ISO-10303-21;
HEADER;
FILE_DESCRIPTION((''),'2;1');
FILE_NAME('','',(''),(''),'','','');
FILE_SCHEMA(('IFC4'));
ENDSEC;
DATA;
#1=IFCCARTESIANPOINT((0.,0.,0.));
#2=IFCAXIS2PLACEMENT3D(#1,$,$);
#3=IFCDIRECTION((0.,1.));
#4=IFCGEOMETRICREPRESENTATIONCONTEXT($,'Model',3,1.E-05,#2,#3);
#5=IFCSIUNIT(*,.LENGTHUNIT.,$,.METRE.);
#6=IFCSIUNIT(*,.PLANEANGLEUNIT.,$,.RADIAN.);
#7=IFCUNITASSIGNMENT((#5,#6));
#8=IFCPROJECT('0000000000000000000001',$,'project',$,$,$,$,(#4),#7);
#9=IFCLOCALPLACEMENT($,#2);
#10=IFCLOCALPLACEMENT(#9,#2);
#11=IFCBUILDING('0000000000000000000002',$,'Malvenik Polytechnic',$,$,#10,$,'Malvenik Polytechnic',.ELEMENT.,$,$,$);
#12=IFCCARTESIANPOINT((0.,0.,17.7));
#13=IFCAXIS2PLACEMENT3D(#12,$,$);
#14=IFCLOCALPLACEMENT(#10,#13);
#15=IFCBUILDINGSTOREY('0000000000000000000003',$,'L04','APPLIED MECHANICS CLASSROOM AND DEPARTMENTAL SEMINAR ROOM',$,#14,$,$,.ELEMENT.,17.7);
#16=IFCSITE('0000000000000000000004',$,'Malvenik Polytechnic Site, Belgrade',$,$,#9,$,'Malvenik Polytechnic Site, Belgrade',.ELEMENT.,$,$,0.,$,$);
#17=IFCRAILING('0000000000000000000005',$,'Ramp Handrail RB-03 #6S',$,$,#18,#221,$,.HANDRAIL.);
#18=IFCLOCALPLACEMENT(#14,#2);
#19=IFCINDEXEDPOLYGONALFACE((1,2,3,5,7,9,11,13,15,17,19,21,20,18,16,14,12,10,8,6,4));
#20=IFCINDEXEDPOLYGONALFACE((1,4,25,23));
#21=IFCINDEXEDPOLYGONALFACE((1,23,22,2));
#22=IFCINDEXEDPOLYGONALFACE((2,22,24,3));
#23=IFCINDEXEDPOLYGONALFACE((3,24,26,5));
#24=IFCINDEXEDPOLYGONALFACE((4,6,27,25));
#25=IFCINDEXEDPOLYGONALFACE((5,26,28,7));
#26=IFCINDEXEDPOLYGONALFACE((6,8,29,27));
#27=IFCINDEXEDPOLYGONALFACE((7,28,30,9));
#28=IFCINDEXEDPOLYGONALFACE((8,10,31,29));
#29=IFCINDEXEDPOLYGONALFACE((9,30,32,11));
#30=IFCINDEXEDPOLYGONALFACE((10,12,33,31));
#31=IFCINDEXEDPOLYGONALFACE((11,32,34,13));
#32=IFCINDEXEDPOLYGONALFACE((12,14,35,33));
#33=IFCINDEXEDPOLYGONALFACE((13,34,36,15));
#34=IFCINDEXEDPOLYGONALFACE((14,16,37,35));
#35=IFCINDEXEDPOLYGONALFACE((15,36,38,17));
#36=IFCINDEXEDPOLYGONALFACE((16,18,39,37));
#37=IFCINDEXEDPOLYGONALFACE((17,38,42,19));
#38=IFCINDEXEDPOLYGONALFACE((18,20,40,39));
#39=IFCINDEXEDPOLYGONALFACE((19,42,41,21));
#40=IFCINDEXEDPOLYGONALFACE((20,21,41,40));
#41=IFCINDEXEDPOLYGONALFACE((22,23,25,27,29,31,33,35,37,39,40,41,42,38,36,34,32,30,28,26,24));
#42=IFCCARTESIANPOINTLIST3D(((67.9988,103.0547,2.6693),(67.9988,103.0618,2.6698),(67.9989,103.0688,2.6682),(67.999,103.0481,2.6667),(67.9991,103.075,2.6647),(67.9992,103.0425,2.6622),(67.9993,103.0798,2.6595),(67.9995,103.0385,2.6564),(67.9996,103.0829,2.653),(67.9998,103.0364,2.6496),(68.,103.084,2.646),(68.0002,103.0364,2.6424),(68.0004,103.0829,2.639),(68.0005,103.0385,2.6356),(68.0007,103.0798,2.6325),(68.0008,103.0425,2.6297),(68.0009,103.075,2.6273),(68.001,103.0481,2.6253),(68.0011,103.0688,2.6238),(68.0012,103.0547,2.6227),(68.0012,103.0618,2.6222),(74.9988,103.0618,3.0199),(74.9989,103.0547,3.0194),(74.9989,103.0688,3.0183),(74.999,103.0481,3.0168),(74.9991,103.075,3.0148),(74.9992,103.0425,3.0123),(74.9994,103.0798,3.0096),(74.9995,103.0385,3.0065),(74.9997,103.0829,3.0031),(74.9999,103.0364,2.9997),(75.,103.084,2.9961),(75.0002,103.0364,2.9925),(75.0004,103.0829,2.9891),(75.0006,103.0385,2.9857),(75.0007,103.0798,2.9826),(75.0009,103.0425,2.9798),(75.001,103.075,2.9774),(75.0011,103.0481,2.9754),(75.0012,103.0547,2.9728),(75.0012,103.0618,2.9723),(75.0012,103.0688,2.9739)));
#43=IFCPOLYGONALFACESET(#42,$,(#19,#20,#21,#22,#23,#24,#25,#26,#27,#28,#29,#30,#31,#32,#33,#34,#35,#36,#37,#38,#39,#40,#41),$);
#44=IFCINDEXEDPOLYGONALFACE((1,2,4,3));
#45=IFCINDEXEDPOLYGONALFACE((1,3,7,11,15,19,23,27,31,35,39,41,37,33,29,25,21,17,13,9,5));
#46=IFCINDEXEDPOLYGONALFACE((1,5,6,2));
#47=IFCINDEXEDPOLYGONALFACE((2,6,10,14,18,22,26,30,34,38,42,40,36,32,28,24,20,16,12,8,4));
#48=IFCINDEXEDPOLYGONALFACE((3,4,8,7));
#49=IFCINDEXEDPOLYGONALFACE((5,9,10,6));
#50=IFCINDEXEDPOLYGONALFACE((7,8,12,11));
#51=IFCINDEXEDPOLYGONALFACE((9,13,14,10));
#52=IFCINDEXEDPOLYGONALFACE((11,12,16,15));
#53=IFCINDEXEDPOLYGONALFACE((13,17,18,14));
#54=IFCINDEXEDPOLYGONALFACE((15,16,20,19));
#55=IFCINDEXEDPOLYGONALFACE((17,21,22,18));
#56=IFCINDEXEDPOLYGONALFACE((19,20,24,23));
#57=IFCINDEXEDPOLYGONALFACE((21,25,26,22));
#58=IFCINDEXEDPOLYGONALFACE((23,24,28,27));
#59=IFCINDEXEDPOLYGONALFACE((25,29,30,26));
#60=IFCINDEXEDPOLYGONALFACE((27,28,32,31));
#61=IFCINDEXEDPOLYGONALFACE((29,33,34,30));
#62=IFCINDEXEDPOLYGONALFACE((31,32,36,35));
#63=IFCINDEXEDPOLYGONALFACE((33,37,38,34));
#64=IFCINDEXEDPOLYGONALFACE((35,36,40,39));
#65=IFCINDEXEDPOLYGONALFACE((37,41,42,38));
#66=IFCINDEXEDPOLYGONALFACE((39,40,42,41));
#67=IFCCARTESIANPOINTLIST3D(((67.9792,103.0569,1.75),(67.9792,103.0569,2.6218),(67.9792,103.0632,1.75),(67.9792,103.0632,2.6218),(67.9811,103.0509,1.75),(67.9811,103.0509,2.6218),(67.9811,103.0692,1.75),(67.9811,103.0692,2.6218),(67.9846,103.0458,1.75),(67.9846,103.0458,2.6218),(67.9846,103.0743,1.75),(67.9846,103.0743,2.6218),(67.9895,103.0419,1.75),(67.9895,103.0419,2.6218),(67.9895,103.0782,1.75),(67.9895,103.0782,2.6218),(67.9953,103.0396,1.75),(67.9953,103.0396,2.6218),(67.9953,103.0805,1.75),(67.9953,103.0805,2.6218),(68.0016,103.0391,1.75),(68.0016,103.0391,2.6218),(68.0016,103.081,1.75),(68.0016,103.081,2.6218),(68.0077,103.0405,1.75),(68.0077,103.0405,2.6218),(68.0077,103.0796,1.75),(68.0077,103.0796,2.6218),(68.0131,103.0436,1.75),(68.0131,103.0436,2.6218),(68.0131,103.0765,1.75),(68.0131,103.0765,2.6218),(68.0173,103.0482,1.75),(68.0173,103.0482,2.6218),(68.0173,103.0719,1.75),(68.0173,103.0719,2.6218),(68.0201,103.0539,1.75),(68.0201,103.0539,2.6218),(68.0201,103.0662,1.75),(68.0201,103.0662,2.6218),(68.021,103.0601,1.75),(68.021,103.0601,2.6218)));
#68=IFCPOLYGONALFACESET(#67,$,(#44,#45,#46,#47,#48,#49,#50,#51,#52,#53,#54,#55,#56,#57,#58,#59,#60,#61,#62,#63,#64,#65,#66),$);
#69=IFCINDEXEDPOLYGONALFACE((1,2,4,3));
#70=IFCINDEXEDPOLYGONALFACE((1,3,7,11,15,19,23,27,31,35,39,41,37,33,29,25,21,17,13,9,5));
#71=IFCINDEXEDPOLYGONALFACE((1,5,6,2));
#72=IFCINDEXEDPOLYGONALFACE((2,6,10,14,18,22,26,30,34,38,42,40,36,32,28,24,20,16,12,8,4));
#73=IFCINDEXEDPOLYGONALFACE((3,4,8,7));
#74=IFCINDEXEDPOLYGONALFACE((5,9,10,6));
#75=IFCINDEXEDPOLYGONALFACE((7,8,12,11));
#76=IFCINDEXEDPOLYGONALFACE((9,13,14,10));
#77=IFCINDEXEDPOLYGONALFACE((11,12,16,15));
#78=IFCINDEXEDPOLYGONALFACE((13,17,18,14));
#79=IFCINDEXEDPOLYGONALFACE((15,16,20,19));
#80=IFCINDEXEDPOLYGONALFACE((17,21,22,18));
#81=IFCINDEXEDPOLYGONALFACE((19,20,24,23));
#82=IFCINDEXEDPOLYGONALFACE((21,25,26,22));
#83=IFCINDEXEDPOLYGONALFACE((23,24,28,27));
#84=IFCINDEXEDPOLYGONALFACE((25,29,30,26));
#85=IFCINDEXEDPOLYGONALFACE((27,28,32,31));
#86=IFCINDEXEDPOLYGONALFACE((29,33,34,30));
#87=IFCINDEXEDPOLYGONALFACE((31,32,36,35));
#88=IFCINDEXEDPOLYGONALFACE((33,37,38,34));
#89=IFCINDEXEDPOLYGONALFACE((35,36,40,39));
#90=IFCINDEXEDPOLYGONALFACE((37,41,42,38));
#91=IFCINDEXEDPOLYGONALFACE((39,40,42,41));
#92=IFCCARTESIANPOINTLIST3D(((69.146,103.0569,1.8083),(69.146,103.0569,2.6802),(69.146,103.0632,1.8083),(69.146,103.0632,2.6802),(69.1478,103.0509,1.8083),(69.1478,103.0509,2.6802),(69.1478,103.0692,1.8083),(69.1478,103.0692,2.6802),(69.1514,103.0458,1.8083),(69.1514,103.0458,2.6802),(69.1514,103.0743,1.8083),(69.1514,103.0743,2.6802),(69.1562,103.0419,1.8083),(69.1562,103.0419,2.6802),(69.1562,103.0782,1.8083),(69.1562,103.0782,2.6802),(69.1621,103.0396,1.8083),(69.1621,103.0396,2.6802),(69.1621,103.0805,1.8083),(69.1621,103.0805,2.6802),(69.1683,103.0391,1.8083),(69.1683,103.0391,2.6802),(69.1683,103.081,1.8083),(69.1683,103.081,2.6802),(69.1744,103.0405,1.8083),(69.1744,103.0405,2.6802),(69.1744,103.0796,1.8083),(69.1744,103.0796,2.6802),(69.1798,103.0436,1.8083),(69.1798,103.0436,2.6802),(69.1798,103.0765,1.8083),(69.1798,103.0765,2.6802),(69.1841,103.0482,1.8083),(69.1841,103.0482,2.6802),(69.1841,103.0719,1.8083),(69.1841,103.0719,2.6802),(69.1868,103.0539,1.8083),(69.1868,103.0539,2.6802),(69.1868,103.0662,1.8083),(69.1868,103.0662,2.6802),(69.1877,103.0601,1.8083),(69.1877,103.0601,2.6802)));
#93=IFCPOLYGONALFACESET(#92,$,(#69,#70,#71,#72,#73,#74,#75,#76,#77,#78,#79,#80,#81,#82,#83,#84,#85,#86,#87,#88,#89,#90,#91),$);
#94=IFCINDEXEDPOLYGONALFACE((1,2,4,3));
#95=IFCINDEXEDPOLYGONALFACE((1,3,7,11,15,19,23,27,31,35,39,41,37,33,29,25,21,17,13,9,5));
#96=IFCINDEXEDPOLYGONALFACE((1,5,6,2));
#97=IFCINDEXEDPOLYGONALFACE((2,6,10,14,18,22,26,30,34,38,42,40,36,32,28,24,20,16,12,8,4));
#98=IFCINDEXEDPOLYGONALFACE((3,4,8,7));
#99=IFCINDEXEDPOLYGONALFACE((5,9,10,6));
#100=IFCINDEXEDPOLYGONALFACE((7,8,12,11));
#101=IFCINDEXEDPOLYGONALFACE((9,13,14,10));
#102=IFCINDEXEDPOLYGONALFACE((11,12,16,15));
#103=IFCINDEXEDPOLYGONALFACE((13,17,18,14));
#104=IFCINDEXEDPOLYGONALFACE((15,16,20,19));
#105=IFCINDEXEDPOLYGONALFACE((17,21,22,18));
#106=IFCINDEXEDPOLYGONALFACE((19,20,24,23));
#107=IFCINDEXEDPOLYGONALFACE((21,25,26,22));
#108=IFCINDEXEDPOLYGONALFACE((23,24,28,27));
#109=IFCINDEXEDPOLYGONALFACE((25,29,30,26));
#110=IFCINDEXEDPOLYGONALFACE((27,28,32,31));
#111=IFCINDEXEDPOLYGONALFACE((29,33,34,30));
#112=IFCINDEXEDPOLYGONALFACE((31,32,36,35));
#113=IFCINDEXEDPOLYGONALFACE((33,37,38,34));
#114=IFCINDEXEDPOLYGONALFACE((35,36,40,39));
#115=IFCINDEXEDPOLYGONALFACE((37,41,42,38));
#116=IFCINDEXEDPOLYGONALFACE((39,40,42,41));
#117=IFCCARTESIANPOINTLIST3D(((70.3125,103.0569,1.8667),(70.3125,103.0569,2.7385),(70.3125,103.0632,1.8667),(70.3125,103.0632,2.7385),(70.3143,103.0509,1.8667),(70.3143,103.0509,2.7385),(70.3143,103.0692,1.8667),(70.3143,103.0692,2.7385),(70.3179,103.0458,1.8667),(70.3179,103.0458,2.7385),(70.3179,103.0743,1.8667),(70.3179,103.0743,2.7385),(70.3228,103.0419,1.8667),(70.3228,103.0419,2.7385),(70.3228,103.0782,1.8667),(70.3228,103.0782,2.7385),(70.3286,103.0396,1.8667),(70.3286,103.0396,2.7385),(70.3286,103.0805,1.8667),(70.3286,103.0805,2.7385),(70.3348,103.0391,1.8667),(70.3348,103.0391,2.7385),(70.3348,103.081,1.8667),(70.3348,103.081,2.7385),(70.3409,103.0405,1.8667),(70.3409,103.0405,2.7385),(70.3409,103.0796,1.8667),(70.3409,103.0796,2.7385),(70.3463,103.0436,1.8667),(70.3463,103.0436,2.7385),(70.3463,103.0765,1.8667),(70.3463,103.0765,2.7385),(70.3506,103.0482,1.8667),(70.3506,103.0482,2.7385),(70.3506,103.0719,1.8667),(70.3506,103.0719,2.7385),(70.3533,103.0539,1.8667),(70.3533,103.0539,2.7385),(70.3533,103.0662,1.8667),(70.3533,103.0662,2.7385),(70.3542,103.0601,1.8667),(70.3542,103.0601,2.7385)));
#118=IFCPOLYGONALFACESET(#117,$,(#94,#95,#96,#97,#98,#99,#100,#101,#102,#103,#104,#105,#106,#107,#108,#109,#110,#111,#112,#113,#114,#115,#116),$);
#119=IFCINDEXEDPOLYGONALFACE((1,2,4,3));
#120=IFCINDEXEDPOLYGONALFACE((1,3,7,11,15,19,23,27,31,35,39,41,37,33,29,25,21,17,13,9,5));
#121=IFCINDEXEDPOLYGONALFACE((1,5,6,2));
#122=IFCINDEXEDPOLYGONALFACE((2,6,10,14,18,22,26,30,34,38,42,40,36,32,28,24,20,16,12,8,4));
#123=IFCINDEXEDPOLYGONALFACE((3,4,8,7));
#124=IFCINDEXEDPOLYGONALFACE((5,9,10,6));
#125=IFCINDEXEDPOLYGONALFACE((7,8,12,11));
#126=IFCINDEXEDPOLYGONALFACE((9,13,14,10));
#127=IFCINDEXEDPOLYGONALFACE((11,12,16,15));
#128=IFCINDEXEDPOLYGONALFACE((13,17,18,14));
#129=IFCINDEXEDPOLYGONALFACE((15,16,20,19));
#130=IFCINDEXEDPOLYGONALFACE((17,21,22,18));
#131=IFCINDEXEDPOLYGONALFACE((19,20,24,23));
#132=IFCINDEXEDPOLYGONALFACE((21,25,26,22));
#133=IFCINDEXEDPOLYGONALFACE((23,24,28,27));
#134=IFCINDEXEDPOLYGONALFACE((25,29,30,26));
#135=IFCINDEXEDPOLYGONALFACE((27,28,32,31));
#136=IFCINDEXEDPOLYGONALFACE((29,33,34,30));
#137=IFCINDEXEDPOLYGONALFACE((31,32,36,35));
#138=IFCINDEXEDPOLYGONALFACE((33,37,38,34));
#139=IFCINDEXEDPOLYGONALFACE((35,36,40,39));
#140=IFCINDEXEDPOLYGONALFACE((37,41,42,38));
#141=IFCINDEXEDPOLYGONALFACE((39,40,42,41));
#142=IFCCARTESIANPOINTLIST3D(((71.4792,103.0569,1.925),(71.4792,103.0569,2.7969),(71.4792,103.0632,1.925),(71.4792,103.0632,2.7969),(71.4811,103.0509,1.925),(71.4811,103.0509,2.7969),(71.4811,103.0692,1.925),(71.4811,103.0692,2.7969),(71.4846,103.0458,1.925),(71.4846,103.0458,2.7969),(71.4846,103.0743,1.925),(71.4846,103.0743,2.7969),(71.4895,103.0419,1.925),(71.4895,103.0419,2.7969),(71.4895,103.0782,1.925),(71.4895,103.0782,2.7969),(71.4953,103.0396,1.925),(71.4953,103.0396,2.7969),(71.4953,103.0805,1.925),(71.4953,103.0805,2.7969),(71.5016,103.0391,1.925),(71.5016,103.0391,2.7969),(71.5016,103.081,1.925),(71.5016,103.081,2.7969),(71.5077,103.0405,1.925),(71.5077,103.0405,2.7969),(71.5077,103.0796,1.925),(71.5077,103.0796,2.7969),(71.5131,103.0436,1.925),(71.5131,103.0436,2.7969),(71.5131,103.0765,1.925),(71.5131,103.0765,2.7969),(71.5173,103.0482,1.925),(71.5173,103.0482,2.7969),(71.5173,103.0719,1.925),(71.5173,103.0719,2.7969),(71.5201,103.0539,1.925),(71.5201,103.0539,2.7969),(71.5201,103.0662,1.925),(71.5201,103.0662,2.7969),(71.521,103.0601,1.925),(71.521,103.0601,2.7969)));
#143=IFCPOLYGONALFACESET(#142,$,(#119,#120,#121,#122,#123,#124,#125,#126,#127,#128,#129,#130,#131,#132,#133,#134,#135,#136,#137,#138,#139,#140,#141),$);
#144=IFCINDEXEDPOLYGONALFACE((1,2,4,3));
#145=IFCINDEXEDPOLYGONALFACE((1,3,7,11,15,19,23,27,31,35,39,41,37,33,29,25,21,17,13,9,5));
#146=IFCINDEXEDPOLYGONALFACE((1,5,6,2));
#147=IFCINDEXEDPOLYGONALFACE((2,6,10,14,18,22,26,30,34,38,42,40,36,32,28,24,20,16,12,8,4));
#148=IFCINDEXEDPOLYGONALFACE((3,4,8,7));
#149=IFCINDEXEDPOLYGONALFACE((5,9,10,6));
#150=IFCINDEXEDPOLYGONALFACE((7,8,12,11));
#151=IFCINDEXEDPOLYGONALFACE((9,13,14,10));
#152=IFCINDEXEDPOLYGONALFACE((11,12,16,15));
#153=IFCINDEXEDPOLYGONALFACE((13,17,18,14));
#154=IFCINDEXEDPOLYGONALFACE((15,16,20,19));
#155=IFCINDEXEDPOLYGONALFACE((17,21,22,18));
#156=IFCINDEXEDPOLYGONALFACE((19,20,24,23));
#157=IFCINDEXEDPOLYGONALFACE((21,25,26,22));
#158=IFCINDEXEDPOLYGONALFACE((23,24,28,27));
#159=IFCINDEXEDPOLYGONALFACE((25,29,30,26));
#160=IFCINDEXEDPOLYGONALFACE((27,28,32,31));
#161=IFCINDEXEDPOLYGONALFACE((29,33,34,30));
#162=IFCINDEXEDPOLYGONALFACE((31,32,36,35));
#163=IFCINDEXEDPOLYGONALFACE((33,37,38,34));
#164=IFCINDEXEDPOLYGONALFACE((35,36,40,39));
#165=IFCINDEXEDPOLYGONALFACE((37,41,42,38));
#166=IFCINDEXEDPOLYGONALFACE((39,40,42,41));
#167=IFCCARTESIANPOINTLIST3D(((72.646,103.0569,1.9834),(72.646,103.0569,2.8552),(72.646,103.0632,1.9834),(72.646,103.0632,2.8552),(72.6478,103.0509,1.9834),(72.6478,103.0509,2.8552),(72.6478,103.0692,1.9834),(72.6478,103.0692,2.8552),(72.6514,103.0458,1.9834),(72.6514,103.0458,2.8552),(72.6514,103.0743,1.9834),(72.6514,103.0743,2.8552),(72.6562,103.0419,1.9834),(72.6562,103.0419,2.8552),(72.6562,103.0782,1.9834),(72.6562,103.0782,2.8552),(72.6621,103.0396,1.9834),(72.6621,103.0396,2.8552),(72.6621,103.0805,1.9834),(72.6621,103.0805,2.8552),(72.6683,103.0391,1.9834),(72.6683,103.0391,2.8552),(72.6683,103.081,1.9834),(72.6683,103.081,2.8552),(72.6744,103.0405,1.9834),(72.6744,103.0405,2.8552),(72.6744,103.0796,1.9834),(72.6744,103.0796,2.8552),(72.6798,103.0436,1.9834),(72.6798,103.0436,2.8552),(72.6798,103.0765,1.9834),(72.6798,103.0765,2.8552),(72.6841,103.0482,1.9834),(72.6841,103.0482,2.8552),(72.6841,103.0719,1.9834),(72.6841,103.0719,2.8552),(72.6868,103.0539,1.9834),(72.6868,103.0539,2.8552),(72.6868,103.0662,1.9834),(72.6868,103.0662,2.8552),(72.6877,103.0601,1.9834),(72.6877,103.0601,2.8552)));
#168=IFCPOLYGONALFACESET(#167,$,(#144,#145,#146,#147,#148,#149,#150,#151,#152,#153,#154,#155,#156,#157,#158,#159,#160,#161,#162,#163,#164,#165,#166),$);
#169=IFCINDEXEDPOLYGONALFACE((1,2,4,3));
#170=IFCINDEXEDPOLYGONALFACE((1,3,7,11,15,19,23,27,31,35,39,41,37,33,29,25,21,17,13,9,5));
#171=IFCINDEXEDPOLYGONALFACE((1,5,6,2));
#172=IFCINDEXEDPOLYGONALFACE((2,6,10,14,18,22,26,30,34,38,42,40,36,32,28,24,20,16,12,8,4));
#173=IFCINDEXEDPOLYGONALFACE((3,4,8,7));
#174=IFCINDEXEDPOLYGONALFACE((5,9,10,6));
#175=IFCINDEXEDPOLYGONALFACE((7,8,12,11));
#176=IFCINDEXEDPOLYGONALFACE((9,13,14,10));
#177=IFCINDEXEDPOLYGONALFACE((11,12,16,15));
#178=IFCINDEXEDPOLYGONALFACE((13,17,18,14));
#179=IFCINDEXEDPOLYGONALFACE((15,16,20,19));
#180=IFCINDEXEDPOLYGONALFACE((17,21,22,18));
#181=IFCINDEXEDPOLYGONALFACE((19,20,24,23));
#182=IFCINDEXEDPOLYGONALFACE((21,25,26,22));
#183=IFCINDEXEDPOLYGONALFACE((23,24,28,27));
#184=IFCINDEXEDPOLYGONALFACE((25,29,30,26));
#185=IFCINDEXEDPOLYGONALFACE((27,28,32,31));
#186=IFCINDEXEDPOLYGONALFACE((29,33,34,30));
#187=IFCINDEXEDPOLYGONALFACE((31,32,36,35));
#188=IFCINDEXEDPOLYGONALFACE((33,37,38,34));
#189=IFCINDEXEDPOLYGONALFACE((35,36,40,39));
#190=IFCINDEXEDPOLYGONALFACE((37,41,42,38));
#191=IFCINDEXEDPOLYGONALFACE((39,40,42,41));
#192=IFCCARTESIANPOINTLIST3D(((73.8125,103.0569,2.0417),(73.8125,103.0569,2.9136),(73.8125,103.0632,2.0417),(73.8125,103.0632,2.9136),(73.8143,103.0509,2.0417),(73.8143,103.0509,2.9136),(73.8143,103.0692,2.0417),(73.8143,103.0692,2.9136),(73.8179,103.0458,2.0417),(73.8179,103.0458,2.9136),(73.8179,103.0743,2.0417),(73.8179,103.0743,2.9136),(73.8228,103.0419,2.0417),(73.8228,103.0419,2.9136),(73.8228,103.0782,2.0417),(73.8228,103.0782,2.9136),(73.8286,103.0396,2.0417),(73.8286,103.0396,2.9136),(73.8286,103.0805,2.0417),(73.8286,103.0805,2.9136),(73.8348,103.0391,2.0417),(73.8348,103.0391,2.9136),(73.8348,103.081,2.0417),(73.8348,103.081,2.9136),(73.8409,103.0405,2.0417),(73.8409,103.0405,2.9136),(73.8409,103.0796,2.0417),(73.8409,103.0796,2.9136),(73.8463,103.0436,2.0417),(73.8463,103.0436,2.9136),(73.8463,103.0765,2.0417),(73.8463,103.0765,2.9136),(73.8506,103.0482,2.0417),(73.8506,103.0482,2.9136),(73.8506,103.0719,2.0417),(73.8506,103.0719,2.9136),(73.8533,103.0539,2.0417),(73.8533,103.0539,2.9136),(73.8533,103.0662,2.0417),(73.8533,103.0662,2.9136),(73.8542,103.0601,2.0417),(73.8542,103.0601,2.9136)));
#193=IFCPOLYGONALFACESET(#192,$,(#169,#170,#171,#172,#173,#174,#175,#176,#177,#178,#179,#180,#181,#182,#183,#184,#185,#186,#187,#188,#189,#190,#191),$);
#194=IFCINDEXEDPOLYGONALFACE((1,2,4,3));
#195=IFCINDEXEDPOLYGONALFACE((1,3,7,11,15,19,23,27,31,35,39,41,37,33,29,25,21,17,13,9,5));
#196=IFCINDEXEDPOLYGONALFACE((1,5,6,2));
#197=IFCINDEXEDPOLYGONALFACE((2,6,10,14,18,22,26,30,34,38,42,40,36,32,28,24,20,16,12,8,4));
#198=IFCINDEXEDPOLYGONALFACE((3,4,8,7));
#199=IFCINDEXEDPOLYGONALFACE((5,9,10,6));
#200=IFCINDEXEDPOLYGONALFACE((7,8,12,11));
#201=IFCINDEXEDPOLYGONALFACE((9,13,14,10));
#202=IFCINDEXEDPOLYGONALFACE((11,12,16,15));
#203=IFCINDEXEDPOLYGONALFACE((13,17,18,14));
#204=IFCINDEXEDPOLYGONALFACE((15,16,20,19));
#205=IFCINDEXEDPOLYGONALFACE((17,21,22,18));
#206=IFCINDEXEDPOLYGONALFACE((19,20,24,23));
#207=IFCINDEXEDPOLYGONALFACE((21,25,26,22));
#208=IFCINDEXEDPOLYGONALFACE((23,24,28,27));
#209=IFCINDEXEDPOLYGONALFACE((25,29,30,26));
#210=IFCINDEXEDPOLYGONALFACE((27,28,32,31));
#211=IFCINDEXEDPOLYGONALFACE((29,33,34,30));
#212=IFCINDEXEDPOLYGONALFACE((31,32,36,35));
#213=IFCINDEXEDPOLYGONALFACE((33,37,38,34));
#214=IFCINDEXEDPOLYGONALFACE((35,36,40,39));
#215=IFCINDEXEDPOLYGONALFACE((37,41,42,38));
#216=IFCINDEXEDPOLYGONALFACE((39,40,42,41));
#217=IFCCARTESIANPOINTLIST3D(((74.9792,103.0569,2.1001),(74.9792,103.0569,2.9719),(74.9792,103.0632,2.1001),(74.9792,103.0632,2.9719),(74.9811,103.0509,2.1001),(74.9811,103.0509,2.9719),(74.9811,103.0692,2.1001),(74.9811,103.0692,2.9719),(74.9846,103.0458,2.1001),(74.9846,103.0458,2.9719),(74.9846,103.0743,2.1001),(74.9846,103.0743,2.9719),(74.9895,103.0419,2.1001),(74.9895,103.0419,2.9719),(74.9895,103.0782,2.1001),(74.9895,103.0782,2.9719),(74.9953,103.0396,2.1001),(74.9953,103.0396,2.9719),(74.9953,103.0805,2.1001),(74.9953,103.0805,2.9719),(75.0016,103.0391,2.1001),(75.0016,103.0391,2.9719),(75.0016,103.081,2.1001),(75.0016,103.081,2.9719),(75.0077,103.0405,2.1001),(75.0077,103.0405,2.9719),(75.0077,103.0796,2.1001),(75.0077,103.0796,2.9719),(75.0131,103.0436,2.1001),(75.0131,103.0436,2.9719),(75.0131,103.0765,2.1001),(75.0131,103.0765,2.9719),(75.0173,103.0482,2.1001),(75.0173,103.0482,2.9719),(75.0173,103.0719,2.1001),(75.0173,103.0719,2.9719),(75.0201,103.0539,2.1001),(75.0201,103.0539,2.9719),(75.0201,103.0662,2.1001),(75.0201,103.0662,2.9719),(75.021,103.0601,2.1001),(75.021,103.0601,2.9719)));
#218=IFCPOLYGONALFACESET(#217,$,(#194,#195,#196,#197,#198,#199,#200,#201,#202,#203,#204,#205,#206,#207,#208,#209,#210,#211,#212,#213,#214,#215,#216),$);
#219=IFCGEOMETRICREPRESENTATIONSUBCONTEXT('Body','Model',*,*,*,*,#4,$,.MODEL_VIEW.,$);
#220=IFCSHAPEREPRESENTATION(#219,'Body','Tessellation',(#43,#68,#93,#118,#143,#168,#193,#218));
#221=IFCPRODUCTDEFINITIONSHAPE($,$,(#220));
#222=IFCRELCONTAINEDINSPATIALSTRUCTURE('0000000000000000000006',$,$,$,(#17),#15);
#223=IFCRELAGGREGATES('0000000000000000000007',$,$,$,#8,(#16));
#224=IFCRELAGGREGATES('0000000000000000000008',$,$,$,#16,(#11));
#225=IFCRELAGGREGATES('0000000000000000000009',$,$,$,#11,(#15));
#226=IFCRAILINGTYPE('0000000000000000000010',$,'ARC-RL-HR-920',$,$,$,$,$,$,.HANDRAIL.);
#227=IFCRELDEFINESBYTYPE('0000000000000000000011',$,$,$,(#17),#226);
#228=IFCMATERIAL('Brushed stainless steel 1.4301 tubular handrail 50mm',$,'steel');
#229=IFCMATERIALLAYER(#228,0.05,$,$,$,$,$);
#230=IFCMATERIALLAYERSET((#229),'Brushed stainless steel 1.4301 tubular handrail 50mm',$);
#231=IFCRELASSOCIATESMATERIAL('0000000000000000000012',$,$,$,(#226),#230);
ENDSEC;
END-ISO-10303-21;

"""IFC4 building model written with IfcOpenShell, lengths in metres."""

from ifc_helpers import new_model, si_unit, direction, frame, origin, origin_2d, place, context, subcontext, project, spatial, circle, extrude, material, layer, layer_set, type_object, element, save


model = new_model("IFC4")

# Units and contexts
model_context = context("Model", 3, precision=1e-05, world=origin(), true_north=direction((0.0, 1.0)))
body_context = subcontext(model_context, "Body", "Model", "MODEL_VIEW")
ifc_project = project(units=[si_unit("LENGTHUNIT", "METRE"), si_unit("PLANEANGLEUNIT", "RADIAN")], contexts=[model_context])

# Site, building, storey
site_placement = place(None, origin())
site = spatial("IfcSite", under=ifc_project, at=site_placement, Name="Malvenik Polytechnic Site, Belgrade", LongName="Malvenik Polytechnic Site, Belgrade", CompositionType="ELEMENT", RefElevation=0.0)
building_placement = place(site_placement, origin())
building = spatial("IfcBuilding", under=site, at=building_placement, Name="Malvenik Polytechnic", LongName="Malvenik Polytechnic", CompositionType="ELEMENT")
storey_placement = place(building_placement, frame((0.0, 0.0, 17.7)))
storey = spatial("IfcBuildingStorey", under=building, at=storey_placement, Name="L04", Description="APPLIED MECHANICS CLASSROOM AND DEPARTMENTAL SEMINAR ROOM", CompositionType="ELEMENT", Elevation=17.7)

# Railing
ifc_material_1 = material(Name="Brushed stainless steel 1.4301 tubular handrail 50mm", Category="steel")
ifc_layer_1 = layer(ifc_material_1, 0.05)
ifc_layer_set_1 = layer_set([ifc_layer_1], Name="Brushed stainless steel 1.4301 tubular handrail 50mm")
railing_type_1 = type_object("IfcRailingType", Name="ARC-RL-HR-920", PredefinedType="HANDRAIL", material=ifc_layer_set_1)
railing_1_placement = place(storey_placement, frame((68.0, 103.0601, 1.75)))
element("IfcRailing", 1, at=railing_1_placement, inside=storey, type_object=railing_type_1, Name="Ramp Handrail RB-03 #6S", PredefinedType="HANDRAIL", context=body_context, shape_type="SweptSolid", body=[
    extrude(circle(Radius=0.0239, at=origin_2d()), frame((0.0, 0.0, 0.896), z_axis=(0.998752, 0.0, 0.049952), x_axis=(0.0, 1.0, 0.0)), (0.0, 0.0, 1.0), 7.0088),
    extrude(circle(Radius=0.021, at=origin_2d()), origin(), (0.0, 0.0, 1.0), 0.8718),
    extrude(circle(Radius=0.021, at=origin_2d()), frame((1.1667, 0.0, 0.0583)), (0.0, 0.0, 1.0), 0.8718),
    extrude(circle(Radius=0.021, at=origin_2d()), frame((2.3333, 0.0, 0.1167)), (0.0, 0.0, 1.0), 0.8718),
    extrude(circle(Radius=0.021, at=origin_2d()), frame((3.5, 0.0, 0.175)), (0.0, 0.0, 1.0), 0.8718),
    extrude(circle(Radius=0.021, at=origin_2d()), frame((4.6667, 0.0, 0.2334)), (0.0, 0.0, 1.0), 0.8718),
    extrude(circle(Radius=0.021, at=origin_2d()), frame((5.8333, 0.0, 0.2917)), (0.0, 0.0, 1.0), 0.8718),
    extrude(circle(Radius=0.021, at=origin_2d()), frame((7.0, 0.0, 0.3501)), (0.0, 0.0, 1.0), 0.8718),
])

save(model, "model.ifc")
